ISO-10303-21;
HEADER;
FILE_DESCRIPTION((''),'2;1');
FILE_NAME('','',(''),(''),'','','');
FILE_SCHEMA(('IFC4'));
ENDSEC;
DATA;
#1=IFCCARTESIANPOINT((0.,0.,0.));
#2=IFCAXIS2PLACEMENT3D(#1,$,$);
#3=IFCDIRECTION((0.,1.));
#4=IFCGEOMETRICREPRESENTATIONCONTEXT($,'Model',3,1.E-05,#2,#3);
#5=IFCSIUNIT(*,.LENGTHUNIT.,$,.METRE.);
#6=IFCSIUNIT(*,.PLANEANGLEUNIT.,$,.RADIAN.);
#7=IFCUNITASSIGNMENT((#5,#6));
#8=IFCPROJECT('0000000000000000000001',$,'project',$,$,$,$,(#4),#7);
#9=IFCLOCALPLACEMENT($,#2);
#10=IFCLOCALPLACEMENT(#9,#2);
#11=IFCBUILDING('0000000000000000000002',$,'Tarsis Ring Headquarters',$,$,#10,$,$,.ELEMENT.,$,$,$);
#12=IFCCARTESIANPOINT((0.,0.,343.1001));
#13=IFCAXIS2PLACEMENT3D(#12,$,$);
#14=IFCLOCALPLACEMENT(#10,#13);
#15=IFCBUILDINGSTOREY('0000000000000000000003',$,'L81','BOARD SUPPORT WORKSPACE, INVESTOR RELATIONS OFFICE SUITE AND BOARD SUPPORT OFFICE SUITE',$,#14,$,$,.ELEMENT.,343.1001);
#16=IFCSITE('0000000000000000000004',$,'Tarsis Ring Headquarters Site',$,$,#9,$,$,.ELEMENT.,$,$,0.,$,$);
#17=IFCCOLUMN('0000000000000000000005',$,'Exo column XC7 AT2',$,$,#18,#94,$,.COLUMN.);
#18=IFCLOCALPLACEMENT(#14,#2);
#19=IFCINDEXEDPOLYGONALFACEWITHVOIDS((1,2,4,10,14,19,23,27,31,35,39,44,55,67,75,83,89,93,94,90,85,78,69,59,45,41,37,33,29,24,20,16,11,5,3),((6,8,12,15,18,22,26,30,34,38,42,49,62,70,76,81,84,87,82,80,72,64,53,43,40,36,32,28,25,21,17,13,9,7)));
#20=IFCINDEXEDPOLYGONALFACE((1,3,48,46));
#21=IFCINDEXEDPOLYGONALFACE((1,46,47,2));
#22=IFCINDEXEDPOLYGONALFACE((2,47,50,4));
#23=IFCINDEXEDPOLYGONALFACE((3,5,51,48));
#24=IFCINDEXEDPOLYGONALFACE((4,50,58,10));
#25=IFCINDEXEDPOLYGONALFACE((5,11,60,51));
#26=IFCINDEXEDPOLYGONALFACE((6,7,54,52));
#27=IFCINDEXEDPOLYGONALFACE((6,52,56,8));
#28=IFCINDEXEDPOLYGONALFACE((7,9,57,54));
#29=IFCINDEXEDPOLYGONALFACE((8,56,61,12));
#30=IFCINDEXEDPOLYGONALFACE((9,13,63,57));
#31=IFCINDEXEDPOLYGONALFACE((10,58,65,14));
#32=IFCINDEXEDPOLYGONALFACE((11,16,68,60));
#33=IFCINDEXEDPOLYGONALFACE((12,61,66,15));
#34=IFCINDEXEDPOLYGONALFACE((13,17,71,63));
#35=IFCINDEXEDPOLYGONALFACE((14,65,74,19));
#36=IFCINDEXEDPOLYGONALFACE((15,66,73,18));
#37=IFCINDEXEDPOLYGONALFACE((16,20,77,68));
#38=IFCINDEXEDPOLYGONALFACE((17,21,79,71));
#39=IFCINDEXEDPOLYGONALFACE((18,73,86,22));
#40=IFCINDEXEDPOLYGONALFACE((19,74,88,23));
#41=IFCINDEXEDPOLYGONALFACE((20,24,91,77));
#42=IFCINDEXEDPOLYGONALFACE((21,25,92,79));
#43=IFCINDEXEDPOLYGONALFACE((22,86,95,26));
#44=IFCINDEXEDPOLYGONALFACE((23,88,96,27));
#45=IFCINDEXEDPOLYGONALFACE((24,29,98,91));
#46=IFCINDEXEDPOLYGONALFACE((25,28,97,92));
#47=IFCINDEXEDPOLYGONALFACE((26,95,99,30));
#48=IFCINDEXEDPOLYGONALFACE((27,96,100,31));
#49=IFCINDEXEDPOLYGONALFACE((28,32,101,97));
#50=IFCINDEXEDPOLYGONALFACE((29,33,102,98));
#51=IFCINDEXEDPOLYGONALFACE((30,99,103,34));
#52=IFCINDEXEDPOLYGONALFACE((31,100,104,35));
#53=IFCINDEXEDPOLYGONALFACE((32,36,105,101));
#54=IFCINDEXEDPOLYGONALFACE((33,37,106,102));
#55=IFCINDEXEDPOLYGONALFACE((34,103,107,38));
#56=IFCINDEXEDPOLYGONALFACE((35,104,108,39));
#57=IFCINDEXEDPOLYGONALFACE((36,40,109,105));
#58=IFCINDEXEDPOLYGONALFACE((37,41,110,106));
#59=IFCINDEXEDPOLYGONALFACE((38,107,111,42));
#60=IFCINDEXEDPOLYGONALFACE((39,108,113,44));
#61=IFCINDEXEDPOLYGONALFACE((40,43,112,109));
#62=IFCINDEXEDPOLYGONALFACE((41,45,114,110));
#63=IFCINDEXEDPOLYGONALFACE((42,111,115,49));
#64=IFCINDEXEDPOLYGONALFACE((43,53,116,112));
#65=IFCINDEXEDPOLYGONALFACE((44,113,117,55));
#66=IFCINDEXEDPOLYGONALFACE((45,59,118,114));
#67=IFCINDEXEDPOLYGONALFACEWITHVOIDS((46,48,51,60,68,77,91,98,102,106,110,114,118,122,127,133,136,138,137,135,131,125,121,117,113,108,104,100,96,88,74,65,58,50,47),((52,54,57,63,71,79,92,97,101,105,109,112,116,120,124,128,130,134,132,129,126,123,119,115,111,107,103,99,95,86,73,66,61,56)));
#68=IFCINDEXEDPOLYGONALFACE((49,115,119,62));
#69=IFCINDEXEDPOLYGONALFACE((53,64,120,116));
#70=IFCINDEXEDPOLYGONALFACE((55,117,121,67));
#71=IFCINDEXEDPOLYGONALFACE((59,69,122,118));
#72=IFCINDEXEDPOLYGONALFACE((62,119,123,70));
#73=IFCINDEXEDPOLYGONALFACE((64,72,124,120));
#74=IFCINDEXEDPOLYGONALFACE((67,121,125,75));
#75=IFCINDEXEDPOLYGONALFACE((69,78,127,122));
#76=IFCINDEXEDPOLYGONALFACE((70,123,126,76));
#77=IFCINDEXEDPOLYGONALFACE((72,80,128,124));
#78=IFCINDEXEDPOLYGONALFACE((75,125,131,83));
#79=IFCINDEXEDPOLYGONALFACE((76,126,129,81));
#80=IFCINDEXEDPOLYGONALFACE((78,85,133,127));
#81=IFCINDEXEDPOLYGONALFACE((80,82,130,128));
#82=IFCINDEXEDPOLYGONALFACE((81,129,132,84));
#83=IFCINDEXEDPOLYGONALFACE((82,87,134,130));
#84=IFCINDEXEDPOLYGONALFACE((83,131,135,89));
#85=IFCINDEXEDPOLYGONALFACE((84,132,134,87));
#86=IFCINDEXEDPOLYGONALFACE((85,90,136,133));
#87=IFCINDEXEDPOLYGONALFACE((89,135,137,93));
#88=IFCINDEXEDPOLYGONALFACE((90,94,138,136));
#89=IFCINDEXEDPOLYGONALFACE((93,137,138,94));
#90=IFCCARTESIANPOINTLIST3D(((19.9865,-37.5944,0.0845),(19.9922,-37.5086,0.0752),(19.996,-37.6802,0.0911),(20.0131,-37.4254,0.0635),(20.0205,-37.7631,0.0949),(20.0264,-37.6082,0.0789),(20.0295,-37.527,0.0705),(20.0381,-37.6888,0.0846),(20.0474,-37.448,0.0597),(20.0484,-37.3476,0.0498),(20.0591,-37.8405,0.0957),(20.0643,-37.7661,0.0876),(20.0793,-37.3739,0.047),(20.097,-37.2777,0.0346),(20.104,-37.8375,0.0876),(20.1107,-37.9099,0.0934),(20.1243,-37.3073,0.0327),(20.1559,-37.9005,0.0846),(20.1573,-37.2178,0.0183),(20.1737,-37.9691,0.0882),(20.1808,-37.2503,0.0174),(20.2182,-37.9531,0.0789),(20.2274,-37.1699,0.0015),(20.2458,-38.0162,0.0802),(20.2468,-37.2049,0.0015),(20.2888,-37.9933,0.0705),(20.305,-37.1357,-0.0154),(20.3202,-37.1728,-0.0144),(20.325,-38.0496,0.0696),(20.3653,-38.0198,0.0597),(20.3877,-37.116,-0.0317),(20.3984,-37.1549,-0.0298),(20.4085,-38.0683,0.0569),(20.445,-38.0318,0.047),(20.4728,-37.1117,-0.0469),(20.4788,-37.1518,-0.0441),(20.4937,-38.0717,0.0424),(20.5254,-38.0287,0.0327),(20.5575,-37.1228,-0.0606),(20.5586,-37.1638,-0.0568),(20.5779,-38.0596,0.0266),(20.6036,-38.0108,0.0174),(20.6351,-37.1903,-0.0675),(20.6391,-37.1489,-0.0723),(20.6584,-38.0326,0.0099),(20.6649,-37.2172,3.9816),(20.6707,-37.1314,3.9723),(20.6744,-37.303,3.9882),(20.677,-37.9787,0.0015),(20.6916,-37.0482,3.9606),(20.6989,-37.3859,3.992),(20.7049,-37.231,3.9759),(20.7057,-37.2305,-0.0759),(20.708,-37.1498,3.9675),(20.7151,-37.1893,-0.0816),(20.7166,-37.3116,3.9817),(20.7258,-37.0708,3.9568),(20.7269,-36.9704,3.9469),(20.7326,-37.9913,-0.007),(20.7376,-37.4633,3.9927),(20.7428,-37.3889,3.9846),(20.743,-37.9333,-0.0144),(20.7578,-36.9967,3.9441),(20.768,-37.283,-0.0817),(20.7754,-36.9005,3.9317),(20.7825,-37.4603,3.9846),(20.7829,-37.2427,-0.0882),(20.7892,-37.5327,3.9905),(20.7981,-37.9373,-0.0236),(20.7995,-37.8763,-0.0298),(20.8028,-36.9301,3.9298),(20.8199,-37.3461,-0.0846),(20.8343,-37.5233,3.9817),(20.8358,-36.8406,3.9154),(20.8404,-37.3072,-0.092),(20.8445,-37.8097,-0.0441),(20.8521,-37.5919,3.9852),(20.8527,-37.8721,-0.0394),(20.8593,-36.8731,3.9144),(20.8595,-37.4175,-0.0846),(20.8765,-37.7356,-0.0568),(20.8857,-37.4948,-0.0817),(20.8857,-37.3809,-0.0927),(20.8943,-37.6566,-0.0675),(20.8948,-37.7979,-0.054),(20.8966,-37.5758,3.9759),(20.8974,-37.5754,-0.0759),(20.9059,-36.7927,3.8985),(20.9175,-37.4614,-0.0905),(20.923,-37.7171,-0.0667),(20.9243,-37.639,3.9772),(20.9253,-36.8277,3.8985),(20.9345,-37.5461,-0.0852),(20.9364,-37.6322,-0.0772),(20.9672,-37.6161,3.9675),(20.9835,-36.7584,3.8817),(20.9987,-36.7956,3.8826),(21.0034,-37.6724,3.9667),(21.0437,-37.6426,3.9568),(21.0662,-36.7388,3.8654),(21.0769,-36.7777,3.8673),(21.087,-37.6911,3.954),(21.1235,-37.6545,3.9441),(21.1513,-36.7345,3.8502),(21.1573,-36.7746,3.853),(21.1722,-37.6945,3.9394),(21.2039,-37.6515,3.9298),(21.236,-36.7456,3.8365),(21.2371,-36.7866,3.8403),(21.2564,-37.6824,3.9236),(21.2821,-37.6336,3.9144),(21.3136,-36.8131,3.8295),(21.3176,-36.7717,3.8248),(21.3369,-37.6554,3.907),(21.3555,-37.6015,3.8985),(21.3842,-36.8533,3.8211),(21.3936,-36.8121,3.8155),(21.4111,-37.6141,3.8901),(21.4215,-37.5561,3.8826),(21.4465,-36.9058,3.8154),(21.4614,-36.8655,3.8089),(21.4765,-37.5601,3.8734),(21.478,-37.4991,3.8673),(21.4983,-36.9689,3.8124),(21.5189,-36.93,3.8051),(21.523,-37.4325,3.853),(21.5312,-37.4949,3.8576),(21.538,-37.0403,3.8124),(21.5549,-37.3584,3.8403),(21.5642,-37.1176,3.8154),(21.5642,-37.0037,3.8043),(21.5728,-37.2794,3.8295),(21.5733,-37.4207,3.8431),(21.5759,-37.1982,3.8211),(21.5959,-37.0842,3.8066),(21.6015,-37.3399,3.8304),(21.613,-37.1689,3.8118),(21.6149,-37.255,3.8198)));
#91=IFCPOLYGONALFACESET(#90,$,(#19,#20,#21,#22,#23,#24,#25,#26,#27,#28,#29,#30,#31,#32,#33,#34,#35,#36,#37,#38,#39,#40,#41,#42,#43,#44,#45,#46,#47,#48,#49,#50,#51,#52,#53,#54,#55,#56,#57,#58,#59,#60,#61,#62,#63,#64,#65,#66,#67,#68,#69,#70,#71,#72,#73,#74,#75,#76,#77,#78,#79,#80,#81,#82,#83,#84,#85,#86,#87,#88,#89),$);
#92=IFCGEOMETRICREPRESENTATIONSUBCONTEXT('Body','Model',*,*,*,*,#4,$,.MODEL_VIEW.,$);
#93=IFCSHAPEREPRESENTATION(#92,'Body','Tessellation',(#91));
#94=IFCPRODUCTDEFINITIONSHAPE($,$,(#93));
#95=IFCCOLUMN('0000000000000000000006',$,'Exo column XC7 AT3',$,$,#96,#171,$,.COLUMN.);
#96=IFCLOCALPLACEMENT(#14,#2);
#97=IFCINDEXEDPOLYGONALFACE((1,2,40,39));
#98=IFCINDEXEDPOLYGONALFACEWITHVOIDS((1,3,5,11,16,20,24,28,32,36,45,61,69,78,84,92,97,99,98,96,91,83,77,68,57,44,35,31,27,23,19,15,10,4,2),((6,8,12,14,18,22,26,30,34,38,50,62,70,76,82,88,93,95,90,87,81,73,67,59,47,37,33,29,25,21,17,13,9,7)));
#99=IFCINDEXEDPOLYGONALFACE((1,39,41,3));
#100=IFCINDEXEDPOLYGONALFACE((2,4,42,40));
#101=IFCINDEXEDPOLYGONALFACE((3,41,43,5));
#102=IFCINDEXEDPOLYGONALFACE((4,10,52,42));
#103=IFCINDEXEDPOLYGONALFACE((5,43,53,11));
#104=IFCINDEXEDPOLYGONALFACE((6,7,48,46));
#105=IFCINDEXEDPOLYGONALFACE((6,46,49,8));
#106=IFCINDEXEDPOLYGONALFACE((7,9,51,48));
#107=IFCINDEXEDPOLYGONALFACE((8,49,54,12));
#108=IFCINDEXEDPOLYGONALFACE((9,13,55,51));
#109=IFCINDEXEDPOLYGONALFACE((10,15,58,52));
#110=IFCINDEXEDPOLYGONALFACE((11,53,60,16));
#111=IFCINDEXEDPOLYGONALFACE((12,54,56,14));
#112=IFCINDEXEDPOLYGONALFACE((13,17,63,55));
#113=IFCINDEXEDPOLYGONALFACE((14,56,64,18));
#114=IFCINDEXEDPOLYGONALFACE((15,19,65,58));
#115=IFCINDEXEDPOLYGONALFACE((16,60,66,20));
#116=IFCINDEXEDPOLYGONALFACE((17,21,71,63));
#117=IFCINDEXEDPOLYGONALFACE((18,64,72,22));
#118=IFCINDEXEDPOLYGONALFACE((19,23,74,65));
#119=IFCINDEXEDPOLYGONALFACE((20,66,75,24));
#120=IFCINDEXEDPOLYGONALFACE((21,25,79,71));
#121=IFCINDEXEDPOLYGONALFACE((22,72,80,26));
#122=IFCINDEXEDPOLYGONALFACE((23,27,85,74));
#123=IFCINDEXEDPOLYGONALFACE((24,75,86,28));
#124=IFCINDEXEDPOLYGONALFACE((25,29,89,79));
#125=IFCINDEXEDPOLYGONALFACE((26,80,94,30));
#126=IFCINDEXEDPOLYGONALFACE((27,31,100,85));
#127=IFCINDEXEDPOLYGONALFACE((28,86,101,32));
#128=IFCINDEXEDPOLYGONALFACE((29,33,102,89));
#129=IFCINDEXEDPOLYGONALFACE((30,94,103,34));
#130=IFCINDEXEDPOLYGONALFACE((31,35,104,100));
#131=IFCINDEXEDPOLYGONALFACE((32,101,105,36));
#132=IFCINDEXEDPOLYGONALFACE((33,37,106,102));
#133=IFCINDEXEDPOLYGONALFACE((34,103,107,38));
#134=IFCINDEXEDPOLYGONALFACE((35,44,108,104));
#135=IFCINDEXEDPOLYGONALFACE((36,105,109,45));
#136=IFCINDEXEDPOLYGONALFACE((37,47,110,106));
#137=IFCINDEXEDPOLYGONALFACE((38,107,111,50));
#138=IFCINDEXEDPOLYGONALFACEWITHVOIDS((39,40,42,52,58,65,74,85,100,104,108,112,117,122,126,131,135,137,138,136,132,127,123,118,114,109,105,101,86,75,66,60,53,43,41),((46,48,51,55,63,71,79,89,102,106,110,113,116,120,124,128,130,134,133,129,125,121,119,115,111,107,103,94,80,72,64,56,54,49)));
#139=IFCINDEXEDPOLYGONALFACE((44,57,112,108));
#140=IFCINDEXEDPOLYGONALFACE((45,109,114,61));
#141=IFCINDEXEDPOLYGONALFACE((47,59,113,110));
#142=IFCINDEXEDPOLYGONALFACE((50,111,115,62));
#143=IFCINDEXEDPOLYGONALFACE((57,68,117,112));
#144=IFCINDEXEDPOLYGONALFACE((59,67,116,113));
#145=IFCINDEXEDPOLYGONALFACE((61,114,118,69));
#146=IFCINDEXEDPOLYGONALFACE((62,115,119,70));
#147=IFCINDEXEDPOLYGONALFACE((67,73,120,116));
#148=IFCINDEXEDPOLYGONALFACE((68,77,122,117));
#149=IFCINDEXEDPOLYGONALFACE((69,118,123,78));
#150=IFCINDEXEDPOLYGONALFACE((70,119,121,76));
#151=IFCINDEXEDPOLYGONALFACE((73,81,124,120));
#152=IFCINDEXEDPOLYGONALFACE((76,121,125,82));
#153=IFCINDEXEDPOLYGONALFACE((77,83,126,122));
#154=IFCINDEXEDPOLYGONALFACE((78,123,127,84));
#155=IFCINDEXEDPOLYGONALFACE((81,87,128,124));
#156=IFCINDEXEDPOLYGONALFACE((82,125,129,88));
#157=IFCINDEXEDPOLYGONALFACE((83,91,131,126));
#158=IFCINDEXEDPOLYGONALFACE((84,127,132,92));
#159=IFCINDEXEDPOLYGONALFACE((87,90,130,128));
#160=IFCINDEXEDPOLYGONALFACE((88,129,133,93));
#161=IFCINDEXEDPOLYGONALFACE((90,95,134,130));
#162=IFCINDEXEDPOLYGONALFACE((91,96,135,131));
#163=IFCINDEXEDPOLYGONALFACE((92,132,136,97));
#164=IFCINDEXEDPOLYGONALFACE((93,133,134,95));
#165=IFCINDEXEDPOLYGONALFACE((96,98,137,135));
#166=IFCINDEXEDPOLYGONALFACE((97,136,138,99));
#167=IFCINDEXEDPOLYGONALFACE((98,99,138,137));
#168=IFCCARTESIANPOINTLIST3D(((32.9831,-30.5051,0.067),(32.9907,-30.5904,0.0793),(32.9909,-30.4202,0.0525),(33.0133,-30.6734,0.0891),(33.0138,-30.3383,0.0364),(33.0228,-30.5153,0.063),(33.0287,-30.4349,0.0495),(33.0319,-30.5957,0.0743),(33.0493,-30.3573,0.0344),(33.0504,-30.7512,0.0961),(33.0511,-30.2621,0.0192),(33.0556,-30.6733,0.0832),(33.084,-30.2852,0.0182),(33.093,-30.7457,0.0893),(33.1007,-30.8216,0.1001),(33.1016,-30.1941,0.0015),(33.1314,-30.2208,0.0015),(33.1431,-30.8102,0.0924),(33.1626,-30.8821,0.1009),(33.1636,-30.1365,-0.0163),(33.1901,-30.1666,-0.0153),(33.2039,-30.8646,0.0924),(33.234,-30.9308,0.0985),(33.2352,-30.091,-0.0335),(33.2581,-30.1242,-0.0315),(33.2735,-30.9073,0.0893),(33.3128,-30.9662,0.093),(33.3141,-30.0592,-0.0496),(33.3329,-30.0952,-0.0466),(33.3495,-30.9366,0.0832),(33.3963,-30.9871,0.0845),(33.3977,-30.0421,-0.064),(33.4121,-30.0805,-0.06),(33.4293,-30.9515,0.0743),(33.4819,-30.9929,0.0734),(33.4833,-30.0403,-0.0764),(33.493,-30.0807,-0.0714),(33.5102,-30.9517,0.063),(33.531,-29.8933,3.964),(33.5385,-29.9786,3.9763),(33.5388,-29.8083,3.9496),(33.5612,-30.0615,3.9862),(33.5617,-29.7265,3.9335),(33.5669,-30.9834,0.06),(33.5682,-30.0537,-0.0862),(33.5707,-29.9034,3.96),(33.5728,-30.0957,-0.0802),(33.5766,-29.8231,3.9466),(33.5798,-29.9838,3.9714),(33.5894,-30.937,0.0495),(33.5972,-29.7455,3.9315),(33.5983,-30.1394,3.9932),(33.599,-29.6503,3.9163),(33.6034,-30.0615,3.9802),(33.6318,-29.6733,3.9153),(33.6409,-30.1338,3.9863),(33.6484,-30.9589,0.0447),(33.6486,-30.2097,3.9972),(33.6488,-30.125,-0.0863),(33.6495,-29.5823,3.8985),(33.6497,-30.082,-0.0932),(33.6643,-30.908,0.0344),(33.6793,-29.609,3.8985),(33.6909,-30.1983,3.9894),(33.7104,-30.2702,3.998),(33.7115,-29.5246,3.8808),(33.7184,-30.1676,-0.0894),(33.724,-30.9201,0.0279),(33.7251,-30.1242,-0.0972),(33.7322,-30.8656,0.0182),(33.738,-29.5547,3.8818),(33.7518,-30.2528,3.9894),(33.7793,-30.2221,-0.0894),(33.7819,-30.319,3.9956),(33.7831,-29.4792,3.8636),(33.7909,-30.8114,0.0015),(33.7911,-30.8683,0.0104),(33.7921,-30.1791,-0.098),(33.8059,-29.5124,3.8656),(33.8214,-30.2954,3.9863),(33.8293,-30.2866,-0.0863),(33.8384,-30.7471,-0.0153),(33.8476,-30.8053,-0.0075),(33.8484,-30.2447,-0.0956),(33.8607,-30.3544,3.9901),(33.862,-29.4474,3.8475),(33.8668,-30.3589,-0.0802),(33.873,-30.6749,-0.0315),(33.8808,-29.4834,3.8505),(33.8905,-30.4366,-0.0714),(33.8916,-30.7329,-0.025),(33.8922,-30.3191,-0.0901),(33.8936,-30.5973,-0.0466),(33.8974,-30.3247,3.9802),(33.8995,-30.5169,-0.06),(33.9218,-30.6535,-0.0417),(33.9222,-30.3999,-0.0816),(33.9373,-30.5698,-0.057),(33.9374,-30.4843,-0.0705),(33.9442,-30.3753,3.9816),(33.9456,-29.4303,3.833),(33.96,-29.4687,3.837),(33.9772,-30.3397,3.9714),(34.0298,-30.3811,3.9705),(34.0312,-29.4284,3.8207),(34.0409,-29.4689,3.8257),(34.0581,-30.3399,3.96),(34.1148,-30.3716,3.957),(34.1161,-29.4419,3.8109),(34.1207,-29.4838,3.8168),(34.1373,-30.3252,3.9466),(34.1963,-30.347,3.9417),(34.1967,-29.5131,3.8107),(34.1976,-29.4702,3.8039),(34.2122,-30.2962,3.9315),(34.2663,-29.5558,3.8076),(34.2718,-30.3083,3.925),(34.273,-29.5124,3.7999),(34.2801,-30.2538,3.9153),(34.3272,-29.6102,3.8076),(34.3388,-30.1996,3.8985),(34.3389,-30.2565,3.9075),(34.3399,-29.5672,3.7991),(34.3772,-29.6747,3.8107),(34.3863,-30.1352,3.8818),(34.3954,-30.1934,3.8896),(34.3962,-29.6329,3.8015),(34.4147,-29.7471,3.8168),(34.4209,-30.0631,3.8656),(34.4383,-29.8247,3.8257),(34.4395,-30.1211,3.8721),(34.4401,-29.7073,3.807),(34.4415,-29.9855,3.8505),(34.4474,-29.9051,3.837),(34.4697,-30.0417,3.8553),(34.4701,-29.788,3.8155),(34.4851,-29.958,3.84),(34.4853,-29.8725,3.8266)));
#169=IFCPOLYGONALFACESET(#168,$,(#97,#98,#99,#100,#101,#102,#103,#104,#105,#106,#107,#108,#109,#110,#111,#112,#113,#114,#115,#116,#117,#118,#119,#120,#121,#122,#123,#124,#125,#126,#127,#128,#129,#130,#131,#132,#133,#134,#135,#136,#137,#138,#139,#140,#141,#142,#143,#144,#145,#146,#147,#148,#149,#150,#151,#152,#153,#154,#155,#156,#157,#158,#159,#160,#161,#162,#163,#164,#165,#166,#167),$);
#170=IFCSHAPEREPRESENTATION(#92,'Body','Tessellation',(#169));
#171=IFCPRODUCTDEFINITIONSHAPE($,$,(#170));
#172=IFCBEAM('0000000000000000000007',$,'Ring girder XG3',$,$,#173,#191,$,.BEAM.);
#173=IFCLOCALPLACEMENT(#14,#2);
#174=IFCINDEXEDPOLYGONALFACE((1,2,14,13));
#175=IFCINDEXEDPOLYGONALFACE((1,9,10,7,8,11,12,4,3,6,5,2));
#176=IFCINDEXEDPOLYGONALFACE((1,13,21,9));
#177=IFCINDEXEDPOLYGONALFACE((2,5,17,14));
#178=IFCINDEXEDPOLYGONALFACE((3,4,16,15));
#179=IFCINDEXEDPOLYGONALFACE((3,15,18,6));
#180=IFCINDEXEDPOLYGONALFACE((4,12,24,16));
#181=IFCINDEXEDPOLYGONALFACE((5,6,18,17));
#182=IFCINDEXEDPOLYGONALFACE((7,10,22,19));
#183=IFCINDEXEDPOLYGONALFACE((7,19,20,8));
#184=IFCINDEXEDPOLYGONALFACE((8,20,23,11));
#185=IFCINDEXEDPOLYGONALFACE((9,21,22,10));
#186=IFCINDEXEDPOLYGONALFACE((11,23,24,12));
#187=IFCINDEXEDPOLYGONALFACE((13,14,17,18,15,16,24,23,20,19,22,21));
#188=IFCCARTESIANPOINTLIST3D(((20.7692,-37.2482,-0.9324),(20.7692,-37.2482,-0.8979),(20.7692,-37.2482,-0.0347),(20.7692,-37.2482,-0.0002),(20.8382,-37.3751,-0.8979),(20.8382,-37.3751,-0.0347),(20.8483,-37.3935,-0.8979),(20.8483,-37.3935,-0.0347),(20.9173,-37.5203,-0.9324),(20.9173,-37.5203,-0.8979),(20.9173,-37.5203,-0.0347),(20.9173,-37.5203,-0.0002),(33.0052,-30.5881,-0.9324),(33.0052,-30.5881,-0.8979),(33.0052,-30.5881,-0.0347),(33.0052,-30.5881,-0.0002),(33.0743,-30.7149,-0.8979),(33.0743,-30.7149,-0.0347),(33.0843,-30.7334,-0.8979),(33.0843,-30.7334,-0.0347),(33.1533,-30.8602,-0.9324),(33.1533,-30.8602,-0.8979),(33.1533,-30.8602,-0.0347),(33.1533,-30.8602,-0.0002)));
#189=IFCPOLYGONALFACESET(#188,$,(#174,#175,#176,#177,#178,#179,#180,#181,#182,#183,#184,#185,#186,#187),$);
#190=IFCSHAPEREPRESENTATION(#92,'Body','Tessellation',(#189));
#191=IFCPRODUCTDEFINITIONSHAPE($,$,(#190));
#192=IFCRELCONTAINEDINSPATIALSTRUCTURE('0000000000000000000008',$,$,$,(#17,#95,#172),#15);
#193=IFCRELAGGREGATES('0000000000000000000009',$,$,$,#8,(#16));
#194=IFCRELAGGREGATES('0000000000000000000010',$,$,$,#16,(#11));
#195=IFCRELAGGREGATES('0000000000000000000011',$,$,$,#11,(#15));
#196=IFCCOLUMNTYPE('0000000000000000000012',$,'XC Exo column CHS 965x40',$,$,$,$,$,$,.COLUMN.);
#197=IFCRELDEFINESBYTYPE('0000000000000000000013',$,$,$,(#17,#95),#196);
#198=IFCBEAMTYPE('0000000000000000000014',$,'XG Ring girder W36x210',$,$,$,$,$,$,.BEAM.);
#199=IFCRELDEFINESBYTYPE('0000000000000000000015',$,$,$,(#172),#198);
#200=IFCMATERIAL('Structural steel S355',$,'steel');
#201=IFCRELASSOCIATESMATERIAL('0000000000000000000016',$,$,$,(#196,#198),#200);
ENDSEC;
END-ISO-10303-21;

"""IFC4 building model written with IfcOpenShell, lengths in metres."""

from ifc_helpers import new_model, si_unit, direction, frame, origin, origin_2d, place, context, subcontext, project, spatial, hollow_circle, i_section, extrude, material, material_profile, profile_set, type_object, element, save


model = new_model("IFC4")

# Units and contexts
model_context = context("Model", 3, precision=1e-05, world=origin(), true_north=direction((0.0, 1.0)))
body_context = subcontext(model_context, "Body", "Model", "MODEL_VIEW")
ifc_project = project(units=[si_unit("LENGTHUNIT", "METRE"), si_unit("PLANEANGLEUNIT", "RADIAN")], contexts=[model_context])

# Site, building, storey
site_placement = place(None, origin())
site = spatial("IfcSite", under=ifc_project, at=site_placement, Name="Tarsis Ring Headquarters Site", CompositionType="ELEMENT", RefElevation=0.0)
building_placement = place(site_placement, origin())
building = spatial("IfcBuilding", under=site, at=building_placement, Name="Tarsis Ring Headquarters", CompositionType="ELEMENT")
storey_placement = place(building_placement, frame((0.0, 0.0, 343.1001)))
storey = spatial("IfcBuildingStorey", under=building, at=storey_placement, Name="L81", Description="BOARD SUPPORT WORKSPACE, INVESTOR RELATIONS OFFICE SUITE AND BOARD SUPPORT OFFICE SUITE", CompositionType="ELEMENT", Elevation=343.1001)

# Columns
ifc_material_1 = material(Name="Structural steel S355", Category="steel")
ifc_material_profile_1 = material_profile(ifc_material_1, hollow_circle(Radius=0.4827, WallThickness=0.04, at=origin_2d()), Name="CHS 965x40")
ifc_profile_set_1 = profile_set([ifc_material_profile_1], Name="Structural steel S355")
column_type = type_object("IfcColumnType", Name="XC Exo column CHS 965x40", PredefinedType="COLUMN", material=ifc_profile_set_1)
column_1_placement = place(storey_placement, frame((20.4619, -37.5918, 0.0015), z_axis=(0.170746, 0.094927, 0.980732), x_axis=(-0.48591, 0.874009, 0.0)))
element("IfcColumn", 1, at=column_1_placement, inside=storey, type_object=column_type, Name="Exo column XC7 AT2", PredefinedType="COLUMN", context=body_context, shape_type="SweptSolid", body=[
    extrude(hollow_circle(Radius=0.4827, WallThickness=0.04, at=origin_2d()), origin(), (0.0, 0.0, 1.0), 3.9736),
])
column_2_placement = place(storey_placement, frame((33.4612, -30.5161, 0.0015), z_axis=(0.137562, 0.153624, 0.978507), x_axis=(-0.744977, 0.66709, 0.0)))
element("IfcColumn", 2, at=column_2_placement, inside=storey, type_object=column_type, Name="Exo column XC7 AT3", PredefinedType="COLUMN", context=body_context, shape_type="SweptSolid", body=[
    extrude(hollow_circle(Radius=0.4827, WallThickness=0.04, at=origin_2d()), origin(), (0.0, 0.0, 1.0), 3.9827),
])

# Beam
ifc_material_profile_2 = material_profile(ifc_material_1, i_section(OverallWidth=0.3098, OverallDepth=0.9321, WebThickness=0.021, FlangeThickness=0.0344, at=origin_2d()), Name="W36x210")
ifc_profile_set_2 = profile_set([ifc_material_profile_2], Name="Structural steel S355")
beam_type = type_object("IfcBeamType", Name="XG Ring girder W36x210", PredefinedType="BEAM", material=ifc_profile_set_2)
beam_1_placement = place(storey_placement, frame((20.8433, -37.3843, -0.4663), z_axis=(0.87832, 0.478073, 0.0), x_axis=(-0.478073, 0.87832, 0.0)))
element("IfcBeam", 3, at=beam_1_placement, inside=storey, type_object=beam_type, Name="Ring girder XG3", PredefinedType="BEAM", context=body_context, shape_type="SweptSolid", body=[
    extrude(i_section(OverallWidth=0.3098, OverallDepth=0.9321, WebThickness=0.021, FlangeThickness=0.0344, at=origin_2d()), origin(), (0.0, 0.0, 1.0), 13.9312),
])

save(model, "model.ifc")
